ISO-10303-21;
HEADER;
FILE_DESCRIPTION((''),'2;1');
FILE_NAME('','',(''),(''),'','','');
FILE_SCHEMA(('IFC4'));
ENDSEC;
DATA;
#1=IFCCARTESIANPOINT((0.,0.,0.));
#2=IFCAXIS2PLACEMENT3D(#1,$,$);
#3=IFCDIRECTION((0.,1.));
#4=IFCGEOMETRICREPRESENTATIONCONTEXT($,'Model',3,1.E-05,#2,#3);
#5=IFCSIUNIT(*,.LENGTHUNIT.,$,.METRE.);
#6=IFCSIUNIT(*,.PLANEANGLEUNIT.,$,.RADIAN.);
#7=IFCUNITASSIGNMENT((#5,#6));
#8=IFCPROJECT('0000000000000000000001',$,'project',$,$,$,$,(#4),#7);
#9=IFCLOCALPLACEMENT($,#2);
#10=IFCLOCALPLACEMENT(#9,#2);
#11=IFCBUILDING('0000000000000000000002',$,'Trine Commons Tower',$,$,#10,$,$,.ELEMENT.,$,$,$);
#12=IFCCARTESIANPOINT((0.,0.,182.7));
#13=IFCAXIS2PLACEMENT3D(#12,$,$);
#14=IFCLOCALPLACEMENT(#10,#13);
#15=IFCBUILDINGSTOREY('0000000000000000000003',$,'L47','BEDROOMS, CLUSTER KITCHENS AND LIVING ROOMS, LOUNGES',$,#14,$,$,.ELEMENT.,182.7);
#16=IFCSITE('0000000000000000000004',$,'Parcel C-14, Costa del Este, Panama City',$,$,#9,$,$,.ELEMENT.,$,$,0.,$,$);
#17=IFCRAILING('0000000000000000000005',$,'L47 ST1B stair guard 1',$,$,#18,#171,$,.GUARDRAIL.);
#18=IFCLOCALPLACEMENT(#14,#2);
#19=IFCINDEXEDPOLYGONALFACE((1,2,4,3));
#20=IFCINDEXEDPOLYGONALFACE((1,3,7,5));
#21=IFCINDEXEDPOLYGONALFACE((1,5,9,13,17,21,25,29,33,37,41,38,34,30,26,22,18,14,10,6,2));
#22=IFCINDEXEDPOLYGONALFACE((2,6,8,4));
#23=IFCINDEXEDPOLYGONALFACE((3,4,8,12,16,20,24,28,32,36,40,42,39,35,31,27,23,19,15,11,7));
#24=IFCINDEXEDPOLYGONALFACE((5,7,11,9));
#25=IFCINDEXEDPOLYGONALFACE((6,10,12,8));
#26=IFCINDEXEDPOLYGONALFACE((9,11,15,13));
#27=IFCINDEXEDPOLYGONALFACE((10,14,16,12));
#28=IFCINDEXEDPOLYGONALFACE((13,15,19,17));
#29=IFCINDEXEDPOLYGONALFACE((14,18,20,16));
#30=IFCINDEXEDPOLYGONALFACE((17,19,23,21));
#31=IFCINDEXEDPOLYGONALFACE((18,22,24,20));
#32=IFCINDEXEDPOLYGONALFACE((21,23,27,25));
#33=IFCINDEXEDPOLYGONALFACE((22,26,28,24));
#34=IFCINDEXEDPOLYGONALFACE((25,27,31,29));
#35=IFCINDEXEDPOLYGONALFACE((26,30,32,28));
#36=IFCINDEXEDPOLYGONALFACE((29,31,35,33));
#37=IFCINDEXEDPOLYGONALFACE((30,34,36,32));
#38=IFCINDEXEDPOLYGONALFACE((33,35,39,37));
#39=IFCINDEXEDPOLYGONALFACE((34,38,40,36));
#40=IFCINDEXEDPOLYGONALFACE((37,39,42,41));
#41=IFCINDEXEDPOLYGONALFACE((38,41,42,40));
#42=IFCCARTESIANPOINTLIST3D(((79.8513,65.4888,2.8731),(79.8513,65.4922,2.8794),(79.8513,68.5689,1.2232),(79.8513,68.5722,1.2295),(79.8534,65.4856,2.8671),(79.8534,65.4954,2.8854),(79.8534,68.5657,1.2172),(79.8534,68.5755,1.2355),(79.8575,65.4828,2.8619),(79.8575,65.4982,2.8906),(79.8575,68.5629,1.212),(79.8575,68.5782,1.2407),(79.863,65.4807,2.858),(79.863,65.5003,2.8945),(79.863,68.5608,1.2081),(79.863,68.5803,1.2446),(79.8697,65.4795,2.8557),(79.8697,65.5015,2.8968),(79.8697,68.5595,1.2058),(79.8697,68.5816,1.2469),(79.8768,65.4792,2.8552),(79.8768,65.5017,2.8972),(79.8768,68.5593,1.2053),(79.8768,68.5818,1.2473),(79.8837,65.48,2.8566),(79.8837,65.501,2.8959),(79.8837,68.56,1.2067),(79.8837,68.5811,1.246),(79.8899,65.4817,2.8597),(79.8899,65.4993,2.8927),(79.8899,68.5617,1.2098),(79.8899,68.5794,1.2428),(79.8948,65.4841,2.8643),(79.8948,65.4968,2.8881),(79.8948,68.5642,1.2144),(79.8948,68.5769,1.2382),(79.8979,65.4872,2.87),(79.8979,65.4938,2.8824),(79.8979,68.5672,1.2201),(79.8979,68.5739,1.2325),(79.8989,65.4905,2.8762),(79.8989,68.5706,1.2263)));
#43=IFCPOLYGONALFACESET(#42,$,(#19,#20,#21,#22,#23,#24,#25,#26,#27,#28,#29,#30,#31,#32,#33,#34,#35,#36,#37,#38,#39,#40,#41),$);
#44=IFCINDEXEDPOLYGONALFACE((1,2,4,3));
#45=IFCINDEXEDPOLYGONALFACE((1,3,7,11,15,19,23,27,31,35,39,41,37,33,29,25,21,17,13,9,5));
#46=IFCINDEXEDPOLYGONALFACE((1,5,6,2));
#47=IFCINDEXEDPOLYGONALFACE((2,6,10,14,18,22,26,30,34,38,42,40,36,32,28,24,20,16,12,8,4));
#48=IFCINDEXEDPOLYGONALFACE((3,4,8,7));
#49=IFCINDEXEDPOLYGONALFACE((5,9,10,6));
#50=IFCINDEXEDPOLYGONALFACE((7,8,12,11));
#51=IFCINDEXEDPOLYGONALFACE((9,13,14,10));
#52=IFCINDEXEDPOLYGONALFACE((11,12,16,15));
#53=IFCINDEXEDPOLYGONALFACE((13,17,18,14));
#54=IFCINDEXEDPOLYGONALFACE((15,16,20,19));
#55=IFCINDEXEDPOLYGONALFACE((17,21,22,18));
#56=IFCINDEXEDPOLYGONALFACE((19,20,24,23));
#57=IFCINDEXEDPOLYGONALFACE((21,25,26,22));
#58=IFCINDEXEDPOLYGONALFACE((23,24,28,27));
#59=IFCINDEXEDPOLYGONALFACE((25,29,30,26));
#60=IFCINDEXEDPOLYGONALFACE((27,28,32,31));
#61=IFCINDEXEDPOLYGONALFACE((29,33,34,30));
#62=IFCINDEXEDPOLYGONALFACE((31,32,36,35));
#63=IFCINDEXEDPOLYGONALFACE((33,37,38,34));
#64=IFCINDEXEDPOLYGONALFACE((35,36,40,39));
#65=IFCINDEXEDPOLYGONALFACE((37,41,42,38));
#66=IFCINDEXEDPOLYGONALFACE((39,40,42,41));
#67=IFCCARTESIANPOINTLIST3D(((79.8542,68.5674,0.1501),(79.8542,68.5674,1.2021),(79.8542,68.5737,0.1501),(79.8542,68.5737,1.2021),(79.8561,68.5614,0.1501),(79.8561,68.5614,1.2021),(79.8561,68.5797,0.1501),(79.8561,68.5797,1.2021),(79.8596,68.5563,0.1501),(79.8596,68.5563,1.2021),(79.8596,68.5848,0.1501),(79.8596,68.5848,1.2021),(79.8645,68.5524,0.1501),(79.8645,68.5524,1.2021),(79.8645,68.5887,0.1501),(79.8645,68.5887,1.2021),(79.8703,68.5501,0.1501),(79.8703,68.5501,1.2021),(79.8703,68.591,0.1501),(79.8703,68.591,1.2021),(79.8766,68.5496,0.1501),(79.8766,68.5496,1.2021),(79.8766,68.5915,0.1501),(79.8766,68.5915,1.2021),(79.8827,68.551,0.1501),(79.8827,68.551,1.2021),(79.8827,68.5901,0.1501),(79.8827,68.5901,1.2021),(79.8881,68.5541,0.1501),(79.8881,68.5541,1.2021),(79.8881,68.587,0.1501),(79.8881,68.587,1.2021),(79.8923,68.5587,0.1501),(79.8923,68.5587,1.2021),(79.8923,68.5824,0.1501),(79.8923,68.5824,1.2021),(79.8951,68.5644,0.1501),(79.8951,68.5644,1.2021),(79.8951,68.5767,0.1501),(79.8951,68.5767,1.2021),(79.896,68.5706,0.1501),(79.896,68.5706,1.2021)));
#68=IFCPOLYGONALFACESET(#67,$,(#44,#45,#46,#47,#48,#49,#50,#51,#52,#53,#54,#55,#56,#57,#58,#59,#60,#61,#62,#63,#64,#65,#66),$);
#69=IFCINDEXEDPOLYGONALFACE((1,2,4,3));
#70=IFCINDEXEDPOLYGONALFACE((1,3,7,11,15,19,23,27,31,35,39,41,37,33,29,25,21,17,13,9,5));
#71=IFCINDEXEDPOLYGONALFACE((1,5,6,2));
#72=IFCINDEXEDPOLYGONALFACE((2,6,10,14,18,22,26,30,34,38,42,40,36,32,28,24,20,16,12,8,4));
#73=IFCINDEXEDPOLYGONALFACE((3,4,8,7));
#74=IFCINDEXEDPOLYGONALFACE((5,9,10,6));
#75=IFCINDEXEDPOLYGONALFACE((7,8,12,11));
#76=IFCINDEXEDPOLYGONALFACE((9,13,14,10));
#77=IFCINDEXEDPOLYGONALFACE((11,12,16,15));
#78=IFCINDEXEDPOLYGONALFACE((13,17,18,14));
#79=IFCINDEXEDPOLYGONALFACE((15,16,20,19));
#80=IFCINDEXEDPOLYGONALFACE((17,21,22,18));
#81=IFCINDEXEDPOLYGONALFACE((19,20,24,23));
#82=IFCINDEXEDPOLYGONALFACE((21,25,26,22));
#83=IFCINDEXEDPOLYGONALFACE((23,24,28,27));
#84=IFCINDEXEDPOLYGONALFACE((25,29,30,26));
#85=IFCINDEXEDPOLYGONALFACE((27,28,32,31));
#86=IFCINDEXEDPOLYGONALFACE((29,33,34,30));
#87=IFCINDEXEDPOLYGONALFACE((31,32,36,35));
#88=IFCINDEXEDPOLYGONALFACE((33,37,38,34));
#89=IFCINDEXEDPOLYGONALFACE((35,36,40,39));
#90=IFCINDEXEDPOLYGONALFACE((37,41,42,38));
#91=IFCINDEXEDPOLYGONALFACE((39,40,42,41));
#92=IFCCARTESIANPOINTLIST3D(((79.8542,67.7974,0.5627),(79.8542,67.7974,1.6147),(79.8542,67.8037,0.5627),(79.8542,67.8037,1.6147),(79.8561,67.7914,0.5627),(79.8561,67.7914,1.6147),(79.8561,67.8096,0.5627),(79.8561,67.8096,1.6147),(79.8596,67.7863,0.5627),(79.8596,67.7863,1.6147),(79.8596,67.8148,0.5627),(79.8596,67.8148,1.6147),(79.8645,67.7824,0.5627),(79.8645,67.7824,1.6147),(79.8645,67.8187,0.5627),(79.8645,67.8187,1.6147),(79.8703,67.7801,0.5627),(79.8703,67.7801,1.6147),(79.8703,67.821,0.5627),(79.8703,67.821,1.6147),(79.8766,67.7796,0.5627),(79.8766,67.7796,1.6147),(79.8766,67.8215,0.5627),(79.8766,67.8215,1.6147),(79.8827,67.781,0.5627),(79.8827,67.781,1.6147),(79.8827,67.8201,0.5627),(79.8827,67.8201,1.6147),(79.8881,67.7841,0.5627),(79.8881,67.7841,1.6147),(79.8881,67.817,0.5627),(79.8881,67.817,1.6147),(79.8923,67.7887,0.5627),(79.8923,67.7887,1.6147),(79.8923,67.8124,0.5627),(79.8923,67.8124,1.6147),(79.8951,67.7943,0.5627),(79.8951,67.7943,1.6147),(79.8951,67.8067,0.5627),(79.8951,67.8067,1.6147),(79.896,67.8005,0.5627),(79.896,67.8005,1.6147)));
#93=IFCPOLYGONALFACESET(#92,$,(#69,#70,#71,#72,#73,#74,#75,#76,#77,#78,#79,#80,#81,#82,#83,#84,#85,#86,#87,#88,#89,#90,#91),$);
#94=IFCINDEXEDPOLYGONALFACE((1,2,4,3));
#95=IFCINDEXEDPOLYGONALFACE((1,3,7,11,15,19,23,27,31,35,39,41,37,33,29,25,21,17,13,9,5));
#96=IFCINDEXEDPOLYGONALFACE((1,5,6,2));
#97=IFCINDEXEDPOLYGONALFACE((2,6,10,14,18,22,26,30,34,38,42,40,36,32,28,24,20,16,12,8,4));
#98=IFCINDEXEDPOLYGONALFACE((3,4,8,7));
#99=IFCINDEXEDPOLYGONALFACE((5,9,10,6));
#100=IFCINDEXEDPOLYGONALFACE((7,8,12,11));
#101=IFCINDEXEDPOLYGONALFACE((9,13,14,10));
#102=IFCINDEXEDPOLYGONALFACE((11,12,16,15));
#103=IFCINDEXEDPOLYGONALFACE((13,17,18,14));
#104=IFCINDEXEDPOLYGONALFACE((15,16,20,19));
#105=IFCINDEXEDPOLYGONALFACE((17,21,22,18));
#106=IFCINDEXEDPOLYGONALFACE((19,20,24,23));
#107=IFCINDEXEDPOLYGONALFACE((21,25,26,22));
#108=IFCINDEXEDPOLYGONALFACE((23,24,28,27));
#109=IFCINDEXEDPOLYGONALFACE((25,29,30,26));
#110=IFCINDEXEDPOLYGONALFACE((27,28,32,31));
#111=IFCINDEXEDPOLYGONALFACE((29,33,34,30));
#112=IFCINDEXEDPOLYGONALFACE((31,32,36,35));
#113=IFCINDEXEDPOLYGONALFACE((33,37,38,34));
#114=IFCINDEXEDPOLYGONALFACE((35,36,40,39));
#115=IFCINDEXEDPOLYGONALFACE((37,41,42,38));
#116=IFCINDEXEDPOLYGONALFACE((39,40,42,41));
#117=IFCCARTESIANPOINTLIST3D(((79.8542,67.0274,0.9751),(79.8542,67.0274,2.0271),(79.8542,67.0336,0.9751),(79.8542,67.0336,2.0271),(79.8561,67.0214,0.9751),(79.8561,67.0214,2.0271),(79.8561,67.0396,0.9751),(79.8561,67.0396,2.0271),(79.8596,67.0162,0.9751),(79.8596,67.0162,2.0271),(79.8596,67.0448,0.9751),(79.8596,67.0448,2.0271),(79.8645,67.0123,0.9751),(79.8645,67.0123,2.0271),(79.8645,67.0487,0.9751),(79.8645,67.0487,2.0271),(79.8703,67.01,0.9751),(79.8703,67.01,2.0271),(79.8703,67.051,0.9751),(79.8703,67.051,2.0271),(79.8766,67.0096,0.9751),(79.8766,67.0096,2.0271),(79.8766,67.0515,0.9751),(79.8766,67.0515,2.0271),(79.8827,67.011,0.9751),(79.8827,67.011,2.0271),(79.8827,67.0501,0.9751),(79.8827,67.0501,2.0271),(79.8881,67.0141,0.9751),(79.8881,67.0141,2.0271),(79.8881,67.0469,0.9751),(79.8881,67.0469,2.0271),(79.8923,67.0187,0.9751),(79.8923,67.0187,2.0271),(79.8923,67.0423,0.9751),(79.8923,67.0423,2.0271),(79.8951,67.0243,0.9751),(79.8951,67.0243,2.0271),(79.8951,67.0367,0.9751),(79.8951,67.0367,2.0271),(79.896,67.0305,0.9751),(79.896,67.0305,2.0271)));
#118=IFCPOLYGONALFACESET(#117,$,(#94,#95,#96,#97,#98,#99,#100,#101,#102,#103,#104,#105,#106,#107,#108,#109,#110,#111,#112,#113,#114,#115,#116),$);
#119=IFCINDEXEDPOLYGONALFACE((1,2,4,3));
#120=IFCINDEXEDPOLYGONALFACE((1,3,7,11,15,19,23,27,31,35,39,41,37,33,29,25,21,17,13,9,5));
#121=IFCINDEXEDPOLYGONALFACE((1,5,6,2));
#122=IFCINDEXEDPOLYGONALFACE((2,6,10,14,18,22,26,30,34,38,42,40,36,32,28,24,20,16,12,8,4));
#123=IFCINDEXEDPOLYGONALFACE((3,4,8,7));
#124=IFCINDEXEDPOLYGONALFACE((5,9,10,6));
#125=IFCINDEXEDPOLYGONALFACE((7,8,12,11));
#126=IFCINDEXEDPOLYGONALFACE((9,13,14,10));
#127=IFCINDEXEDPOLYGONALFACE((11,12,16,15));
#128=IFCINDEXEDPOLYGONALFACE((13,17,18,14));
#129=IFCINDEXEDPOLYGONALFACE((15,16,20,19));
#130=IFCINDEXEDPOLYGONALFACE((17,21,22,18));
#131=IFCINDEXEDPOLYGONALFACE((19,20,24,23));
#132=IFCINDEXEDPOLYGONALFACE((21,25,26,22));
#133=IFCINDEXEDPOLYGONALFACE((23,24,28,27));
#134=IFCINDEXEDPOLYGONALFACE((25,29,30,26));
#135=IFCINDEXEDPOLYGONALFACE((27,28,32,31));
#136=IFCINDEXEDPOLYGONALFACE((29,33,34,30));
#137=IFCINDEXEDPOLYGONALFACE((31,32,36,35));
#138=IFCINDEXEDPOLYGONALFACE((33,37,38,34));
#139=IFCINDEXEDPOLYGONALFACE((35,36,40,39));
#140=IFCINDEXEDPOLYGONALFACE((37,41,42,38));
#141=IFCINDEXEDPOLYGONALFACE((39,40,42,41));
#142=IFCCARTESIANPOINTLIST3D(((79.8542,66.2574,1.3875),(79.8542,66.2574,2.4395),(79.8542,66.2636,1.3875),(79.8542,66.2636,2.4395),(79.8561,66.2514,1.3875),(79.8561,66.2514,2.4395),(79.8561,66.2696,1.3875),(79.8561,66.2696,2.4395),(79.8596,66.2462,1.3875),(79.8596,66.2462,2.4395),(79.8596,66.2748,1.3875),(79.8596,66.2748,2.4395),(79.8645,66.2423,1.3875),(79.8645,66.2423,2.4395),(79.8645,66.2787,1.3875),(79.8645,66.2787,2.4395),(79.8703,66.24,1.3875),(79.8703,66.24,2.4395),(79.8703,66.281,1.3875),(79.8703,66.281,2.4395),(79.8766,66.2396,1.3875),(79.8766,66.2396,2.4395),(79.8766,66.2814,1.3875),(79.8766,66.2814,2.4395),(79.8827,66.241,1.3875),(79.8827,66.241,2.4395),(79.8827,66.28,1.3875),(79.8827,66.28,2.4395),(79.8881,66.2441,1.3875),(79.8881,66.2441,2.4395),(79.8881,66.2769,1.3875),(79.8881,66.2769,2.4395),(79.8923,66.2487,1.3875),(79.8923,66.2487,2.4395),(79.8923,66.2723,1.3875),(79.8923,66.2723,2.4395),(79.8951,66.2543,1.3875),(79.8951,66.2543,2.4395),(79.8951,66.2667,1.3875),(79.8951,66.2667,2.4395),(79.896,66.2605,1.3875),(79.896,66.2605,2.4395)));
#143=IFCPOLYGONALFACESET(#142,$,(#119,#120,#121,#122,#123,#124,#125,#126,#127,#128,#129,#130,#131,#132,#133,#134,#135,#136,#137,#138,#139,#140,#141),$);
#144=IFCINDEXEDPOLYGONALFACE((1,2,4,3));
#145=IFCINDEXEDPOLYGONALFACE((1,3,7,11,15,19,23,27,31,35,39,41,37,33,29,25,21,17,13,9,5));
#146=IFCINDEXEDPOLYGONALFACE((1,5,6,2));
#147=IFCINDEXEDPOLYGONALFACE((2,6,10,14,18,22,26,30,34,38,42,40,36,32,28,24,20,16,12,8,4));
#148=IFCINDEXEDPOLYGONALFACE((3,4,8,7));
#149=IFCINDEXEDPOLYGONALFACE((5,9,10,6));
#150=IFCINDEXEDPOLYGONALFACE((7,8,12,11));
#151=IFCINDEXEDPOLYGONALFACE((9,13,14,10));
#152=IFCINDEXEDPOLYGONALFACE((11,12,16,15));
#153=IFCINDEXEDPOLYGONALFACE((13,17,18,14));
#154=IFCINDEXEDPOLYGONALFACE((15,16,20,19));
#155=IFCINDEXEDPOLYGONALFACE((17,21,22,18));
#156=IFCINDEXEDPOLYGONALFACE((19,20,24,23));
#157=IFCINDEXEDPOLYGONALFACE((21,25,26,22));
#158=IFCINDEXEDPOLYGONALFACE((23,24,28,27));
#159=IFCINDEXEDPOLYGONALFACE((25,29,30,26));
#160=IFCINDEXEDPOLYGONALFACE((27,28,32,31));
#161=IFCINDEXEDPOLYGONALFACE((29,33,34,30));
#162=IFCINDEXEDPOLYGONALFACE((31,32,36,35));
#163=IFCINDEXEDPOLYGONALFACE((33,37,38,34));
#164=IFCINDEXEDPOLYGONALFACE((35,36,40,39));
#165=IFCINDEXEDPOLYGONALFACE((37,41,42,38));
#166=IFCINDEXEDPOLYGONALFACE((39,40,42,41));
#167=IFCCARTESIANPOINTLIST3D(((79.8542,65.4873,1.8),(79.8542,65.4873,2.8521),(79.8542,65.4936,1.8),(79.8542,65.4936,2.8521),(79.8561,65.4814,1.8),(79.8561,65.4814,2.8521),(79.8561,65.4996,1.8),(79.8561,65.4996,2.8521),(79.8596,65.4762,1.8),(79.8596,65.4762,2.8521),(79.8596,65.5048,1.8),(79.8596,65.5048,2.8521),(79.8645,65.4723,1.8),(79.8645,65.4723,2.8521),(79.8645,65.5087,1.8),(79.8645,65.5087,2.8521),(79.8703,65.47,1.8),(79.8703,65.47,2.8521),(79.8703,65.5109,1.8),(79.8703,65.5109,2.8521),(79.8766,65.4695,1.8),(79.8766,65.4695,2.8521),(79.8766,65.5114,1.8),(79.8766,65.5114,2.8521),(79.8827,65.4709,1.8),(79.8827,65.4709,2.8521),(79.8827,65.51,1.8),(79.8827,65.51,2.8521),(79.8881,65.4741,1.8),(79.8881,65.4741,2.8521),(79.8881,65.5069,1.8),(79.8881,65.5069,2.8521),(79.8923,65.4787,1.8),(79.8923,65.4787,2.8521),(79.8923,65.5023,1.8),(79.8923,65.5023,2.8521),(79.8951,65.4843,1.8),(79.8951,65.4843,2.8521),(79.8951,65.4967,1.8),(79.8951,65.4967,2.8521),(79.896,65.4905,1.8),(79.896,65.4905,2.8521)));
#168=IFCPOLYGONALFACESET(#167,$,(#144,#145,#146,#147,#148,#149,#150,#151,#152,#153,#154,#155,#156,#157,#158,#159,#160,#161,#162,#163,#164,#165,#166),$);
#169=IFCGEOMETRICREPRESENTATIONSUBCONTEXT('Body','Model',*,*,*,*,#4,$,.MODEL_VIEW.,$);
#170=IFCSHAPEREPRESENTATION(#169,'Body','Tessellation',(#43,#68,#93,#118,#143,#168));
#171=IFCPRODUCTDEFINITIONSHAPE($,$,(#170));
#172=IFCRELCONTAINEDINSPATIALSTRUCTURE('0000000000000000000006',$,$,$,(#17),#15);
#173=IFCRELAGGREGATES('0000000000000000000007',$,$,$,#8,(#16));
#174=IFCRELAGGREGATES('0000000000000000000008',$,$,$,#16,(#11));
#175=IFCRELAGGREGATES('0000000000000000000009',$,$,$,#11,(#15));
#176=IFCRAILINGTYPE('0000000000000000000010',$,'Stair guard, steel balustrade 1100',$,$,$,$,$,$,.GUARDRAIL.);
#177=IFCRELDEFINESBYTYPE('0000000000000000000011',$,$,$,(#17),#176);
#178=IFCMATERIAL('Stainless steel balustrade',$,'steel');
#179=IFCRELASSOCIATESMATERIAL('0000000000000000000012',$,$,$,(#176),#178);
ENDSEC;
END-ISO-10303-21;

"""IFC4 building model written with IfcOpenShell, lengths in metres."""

from ifc_helpers import new_model, si_unit, direction, frame, origin, origin_2d, place, context, subcontext, project, spatial, circle, extrude, material, type_object, element, save


model = new_model("IFC4")

# Units and contexts
model_context = context("Model", 3, precision=1e-05, world=origin(), true_north=direction((0.0, 1.0)))
body_context = subcontext(model_context, "Body", "Model", "MODEL_VIEW")
ifc_project = project(units=[si_unit("LENGTHUNIT", "METRE"), si_unit("PLANEANGLEUNIT", "RADIAN")], contexts=[model_context])

# Site, building, storey
site_placement = place(None, origin())
site = spatial("IfcSite", under=ifc_project, at=site_placement, Name="Parcel C-14, Costa del Este, Panama City", CompositionType="ELEMENT", RefElevation=0.0)
building_placement = place(site_placement, origin())
building = spatial("IfcBuilding", under=site, at=building_placement, Name="Trine Commons Tower", CompositionType="ELEMENT")
storey_placement = place(building_placement, frame((0.0, 0.0, 182.7)))
storey = spatial("IfcBuildingStorey", under=building, at=storey_placement, Name="L47", Description="BEDROOMS, CLUSTER KITCHENS AND LIVING ROOMS, LOUNGES", CompositionType="ELEMENT", Elevation=182.7)

# Railing
ifc_material_1 = material(Name="Stainless steel balustrade", Category="steel")
railing_type_1 = type_object("IfcRailingType", Name="Stair guard, steel balustrade 1100", PredefinedType="GUARDRAIL", material=ifc_material_1)
railing_1_placement = place(storey_placement, frame((79.875, 68.5706, 0.1501)))
element("IfcRailing", 1, at=railing_1_placement, inside=storey, type_object=railing_type_1, Name="L47 ST1B stair guard 1", PredefinedType="GUARDRAIL", context=body_context, shape_type="SweptSolid", body=[
    extrude(circle(Radius=0.0239, at=origin_2d()), frame((0.0, 0.0, 1.0762), z_axis=(0.0, -0.881497, 0.47219), x_axis=(1.0, 0.0, 0.0)), (0.0, 0.0, 1.0), 3.4941),
    extrude(circle(Radius=0.021, at=origin_2d()), origin(), (0.0, 0.0, 1.0), 1.052),
    extrude(circle(Radius=0.021, at=origin_2d()), frame((0.0, -0.77, 0.4126)), (0.0, 0.0, 1.0), 1.052),
    extrude(circle(Radius=0.021, at=origin_2d()), frame((0.0, -1.54, 0.825)), (0.0, 0.0, 1.0), 1.052),
    extrude(circle(Radius=0.021, at=origin_2d()), frame((0.0, -2.3101, 1.2373)), (0.0, 0.0, 1.0), 1.052),
    extrude(circle(Radius=0.021, at=origin_2d()), frame((0.0, -3.0801, 1.6499)), (0.0, 0.0, 1.0), 1.052),
])

save(model, "model.ifc")
